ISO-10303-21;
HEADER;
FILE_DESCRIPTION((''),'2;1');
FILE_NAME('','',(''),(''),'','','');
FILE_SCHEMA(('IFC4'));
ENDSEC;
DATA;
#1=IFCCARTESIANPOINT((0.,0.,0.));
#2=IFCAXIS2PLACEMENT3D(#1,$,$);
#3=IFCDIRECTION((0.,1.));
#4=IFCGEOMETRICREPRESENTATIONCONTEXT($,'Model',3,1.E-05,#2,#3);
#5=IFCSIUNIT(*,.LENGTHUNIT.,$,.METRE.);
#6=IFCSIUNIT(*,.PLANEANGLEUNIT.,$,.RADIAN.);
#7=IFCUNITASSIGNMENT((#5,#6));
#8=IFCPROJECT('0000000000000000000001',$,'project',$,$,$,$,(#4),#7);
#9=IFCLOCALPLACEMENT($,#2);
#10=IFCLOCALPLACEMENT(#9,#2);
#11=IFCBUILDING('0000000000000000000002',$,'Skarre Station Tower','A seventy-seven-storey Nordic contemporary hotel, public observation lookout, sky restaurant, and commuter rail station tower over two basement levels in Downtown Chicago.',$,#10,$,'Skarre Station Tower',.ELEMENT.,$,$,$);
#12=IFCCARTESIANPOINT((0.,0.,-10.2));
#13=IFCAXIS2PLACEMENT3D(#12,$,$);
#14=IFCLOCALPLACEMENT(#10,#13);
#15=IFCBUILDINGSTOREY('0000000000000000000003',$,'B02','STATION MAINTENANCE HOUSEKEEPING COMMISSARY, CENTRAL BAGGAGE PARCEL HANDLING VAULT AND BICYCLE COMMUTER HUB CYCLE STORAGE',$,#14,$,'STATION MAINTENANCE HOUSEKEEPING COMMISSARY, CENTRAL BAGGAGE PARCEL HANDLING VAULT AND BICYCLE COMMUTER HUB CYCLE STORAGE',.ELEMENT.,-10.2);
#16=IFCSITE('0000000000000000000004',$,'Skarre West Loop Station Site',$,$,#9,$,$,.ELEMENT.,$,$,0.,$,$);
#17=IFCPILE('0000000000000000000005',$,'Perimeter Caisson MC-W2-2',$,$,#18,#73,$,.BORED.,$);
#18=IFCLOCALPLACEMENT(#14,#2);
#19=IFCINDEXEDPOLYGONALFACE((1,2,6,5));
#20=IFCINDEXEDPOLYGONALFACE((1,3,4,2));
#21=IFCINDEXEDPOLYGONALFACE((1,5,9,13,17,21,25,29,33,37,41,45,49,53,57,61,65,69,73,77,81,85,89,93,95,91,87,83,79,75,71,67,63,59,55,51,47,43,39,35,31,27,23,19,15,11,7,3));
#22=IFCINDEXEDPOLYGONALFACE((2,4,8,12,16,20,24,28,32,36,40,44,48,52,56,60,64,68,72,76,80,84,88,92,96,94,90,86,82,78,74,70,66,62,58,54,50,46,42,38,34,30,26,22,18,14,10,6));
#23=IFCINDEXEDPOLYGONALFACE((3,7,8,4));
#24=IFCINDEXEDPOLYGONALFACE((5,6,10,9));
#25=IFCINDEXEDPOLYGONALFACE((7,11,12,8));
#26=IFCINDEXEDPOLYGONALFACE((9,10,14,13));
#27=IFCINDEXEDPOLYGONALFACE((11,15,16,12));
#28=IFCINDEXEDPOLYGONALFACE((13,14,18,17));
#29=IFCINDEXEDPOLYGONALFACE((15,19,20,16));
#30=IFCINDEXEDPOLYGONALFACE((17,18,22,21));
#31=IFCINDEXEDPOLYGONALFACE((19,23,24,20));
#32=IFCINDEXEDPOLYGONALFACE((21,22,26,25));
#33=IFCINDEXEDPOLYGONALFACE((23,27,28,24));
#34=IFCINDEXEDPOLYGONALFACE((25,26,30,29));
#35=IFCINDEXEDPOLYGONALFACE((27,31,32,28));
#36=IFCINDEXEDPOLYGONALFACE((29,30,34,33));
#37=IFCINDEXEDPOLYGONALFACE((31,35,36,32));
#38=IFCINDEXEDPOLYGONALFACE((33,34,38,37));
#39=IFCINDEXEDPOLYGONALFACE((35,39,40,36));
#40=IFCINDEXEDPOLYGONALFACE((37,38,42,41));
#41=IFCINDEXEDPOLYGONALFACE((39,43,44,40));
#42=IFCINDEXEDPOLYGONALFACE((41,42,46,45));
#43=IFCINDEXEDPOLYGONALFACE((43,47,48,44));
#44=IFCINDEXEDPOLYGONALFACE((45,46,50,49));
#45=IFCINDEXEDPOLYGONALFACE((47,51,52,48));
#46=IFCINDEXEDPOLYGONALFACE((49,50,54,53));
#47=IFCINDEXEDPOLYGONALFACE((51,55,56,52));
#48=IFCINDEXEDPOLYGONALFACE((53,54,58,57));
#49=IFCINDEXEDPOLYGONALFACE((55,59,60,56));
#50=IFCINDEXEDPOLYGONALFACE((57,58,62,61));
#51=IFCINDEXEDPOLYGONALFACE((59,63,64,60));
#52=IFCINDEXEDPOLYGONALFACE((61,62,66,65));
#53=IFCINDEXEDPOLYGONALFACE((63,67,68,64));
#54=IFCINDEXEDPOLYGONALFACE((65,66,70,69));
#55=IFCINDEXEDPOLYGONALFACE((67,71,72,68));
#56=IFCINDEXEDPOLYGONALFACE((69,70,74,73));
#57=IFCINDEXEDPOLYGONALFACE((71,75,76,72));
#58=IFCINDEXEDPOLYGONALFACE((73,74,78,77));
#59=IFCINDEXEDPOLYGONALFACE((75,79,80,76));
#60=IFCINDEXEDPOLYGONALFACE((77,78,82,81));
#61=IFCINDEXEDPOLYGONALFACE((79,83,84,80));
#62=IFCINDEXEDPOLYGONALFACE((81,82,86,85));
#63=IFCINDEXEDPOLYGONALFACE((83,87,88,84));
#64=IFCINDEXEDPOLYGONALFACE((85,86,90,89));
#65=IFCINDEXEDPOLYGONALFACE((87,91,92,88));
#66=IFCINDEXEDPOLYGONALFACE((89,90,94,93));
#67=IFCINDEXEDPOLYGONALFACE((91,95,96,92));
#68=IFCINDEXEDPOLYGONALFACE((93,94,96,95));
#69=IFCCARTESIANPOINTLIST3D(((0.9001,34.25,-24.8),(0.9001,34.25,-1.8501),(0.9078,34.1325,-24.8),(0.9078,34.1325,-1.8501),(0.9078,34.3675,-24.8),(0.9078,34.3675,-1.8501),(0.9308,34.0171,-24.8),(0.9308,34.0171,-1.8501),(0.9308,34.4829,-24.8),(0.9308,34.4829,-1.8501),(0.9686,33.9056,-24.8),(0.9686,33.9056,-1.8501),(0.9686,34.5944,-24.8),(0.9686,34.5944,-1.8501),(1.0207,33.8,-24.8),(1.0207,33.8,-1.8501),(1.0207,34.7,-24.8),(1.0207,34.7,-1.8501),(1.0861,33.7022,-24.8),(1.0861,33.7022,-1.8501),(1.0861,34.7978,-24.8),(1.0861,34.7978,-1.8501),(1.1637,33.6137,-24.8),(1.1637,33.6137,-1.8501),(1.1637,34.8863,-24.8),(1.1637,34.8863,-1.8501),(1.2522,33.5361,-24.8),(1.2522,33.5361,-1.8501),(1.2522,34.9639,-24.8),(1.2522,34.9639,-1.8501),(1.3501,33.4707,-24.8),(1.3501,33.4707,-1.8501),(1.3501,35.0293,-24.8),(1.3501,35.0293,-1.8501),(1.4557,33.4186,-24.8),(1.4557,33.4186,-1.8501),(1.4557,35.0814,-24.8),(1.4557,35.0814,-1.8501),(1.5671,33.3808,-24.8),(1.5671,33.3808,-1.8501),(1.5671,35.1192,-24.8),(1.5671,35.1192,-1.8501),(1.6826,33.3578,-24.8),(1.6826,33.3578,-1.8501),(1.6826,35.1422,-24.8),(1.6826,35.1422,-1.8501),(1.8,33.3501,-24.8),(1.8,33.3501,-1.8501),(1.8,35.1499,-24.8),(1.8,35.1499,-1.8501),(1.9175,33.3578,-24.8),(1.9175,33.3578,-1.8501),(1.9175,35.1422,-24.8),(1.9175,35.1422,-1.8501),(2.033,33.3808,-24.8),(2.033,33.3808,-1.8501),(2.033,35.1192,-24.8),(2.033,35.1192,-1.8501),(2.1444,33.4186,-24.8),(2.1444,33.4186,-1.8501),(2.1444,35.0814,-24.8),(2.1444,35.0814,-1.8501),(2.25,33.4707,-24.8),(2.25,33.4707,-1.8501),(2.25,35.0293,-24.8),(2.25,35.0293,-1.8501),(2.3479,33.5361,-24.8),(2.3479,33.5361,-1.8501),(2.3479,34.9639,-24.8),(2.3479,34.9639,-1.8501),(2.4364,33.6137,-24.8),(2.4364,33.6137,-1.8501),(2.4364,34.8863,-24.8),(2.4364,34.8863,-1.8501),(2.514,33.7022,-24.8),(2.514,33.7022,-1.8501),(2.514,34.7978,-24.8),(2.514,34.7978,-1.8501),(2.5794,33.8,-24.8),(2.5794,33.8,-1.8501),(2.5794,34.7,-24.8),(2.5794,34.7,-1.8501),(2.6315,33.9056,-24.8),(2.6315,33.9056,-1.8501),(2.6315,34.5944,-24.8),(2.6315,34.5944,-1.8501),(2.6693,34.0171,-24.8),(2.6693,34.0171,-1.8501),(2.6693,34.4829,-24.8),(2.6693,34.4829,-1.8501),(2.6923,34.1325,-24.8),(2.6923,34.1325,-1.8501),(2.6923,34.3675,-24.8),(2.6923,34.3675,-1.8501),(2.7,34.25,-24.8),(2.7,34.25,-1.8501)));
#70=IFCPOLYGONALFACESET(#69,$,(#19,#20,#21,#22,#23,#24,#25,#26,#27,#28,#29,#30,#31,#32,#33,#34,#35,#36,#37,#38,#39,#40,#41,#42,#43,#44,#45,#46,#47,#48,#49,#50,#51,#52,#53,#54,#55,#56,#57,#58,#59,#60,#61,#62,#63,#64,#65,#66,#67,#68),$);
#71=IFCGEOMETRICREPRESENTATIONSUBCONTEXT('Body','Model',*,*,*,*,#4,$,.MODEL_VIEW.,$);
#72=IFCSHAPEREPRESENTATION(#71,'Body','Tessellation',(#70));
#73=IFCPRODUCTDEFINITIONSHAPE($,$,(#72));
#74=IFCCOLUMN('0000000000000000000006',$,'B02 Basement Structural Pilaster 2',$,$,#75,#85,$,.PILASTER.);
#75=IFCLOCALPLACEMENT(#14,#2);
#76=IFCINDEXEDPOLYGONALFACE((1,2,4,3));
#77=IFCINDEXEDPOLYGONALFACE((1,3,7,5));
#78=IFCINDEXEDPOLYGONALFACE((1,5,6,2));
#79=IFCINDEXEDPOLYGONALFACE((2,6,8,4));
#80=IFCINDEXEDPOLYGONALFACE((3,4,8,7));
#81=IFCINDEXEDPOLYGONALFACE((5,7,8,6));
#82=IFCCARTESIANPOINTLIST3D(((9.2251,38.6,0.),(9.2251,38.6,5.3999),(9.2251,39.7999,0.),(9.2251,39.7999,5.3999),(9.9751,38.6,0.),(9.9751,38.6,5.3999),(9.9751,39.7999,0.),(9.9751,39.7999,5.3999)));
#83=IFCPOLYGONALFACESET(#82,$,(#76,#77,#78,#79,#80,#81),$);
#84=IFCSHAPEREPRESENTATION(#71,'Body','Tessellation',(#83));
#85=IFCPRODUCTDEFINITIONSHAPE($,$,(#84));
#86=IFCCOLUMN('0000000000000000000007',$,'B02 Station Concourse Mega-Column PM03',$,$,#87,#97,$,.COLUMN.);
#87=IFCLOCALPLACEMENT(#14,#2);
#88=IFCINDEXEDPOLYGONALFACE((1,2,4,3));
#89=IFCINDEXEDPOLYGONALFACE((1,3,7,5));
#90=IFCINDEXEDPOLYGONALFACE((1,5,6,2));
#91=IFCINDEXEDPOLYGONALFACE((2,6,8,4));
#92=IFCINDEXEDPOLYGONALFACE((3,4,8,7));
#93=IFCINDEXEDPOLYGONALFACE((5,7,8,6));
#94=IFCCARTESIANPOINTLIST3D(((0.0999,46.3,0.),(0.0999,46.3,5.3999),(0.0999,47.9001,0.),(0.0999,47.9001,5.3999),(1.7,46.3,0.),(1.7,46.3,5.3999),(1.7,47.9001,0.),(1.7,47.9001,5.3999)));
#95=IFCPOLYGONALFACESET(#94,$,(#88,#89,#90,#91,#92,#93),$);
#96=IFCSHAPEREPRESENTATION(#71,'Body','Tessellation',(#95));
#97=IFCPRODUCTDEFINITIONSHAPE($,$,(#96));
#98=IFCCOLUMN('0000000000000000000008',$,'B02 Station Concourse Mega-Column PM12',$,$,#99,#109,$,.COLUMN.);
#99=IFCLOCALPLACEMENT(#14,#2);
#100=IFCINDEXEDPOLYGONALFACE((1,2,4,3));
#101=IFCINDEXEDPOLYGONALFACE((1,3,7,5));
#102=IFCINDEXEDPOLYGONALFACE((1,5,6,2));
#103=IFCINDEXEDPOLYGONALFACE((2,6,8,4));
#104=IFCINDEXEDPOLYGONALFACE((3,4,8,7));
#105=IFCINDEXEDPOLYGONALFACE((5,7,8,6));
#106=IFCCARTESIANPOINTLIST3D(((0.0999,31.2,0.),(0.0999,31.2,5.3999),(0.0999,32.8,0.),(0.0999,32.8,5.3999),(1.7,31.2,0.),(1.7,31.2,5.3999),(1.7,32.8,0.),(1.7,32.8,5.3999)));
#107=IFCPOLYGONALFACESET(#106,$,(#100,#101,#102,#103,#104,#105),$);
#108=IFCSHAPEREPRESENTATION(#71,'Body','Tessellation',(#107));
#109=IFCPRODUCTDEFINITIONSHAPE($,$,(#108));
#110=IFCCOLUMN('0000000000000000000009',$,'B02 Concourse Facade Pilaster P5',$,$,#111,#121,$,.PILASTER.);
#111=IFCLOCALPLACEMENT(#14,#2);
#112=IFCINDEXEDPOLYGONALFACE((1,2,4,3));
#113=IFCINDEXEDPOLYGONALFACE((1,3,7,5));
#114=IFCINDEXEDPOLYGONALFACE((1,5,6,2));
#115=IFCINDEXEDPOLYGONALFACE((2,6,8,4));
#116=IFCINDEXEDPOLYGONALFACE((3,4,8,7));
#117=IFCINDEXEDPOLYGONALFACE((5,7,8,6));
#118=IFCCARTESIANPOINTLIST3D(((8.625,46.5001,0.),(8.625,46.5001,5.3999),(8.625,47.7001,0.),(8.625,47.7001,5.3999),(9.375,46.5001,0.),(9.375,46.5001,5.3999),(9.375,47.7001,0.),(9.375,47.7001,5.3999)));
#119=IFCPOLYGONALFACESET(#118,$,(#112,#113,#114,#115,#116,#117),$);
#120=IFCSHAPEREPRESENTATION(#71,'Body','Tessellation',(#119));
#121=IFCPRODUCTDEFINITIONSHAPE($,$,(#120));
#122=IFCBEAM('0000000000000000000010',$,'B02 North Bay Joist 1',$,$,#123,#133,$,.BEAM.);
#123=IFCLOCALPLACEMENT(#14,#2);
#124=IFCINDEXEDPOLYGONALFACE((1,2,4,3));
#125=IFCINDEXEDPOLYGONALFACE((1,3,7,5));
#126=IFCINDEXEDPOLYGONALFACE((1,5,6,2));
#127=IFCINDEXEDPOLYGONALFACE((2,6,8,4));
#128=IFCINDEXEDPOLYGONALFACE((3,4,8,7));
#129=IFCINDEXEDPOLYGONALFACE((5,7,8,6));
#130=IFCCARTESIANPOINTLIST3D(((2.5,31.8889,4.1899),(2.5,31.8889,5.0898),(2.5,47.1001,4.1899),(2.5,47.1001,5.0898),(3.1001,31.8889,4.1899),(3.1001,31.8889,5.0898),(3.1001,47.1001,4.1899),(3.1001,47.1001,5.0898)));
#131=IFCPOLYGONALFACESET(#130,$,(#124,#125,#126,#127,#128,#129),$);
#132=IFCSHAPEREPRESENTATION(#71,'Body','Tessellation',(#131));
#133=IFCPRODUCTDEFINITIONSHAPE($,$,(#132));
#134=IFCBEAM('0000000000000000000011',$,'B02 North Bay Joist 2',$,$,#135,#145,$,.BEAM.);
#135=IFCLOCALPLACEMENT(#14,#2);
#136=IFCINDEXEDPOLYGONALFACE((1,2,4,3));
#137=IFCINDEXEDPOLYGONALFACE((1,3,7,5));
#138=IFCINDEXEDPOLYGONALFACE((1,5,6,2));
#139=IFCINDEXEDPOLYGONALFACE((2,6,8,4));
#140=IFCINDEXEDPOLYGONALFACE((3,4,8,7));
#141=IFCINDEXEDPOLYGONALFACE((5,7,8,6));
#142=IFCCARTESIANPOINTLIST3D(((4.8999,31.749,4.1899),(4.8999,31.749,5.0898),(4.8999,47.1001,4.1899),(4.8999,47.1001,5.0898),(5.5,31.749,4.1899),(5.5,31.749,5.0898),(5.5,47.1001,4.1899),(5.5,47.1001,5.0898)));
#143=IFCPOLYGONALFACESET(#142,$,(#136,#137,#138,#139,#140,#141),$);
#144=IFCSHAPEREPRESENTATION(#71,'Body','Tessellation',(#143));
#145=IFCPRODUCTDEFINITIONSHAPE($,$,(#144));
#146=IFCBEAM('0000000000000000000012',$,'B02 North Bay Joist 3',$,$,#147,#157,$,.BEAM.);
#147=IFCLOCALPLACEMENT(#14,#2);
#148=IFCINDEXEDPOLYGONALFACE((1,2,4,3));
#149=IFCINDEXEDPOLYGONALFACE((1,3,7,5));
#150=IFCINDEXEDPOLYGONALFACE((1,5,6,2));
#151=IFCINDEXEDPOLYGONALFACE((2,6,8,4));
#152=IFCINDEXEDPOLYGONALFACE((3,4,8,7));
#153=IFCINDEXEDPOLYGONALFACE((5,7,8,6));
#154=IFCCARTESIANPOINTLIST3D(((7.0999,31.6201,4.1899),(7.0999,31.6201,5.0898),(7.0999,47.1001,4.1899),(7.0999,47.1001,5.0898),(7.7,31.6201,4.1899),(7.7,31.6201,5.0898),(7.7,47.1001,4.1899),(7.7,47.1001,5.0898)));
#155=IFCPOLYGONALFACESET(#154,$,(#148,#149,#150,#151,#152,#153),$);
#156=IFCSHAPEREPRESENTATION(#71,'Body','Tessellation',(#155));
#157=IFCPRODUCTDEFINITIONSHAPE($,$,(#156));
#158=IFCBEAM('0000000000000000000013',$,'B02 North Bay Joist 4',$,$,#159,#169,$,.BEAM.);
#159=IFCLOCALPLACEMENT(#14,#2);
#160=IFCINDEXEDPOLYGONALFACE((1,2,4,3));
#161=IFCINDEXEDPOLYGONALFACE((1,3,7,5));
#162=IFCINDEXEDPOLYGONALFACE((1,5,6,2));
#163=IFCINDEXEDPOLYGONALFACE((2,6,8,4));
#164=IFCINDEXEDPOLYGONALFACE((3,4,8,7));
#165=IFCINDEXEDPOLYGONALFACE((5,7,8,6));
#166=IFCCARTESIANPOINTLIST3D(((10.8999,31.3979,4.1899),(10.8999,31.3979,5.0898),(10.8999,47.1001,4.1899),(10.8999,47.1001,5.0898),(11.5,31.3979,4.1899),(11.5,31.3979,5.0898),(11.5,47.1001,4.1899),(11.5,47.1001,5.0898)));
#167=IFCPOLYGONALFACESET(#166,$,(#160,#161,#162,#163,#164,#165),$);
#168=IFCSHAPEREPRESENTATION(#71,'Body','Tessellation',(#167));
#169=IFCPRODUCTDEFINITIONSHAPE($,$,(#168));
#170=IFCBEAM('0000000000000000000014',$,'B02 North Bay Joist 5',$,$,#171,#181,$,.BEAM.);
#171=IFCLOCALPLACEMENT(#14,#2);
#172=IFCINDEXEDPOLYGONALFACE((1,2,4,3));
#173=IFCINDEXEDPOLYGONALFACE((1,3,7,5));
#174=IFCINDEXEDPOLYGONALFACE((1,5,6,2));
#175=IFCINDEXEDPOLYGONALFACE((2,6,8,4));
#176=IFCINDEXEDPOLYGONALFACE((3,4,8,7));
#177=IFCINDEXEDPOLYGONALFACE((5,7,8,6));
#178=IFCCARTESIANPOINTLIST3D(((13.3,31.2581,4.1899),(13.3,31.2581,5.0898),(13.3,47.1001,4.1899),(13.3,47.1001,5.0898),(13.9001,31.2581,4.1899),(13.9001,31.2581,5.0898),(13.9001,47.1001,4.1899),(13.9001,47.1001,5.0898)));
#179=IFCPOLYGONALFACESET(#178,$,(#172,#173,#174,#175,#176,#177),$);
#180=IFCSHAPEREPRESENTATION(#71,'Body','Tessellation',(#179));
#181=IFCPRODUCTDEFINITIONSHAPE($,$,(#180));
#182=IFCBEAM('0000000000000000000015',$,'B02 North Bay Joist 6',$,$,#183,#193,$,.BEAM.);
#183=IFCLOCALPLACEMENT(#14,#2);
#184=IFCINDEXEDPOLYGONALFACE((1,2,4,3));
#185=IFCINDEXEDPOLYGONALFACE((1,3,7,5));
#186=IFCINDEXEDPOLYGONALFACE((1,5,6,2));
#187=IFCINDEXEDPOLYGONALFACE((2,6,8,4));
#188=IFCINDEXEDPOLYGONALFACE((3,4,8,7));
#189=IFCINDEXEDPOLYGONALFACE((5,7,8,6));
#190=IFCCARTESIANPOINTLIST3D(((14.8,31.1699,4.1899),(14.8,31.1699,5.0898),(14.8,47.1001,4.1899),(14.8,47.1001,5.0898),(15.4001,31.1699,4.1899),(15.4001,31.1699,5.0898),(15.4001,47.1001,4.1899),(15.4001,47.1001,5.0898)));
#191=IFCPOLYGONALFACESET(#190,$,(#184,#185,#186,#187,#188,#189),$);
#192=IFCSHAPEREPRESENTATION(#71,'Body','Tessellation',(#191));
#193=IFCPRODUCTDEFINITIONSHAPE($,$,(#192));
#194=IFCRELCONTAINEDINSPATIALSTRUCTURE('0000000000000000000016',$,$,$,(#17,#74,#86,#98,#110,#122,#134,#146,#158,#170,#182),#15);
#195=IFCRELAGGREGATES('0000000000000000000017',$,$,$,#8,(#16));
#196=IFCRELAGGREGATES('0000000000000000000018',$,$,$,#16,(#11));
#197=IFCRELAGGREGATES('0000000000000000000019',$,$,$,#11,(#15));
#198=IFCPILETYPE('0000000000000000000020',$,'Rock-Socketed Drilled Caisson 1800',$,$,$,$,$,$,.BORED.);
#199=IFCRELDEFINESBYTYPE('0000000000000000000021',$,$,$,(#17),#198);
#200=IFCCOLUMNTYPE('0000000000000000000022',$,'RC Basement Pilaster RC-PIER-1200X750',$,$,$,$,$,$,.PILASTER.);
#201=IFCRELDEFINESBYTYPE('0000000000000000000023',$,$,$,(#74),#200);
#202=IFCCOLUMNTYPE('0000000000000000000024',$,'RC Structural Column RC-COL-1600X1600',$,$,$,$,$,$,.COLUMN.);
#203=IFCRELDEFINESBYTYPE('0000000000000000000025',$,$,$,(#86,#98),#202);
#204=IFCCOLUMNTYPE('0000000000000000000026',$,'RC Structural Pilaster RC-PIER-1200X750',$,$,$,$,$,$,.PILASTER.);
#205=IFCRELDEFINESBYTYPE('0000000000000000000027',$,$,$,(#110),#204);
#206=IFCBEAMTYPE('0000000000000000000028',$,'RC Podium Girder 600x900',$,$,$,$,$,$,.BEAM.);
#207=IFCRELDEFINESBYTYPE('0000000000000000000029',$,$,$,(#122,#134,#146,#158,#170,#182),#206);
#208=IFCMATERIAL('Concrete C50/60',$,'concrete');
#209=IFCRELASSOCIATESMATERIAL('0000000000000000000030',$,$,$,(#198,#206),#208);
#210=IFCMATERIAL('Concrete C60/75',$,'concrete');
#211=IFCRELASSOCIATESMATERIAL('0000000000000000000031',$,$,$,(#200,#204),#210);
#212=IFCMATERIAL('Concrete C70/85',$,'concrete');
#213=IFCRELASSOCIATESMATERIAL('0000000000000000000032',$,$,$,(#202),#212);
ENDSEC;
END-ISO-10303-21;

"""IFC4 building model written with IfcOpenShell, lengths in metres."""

from ifc_helpers import new_model, si_unit, direction, frame, origin, origin_2d, place, context, subcontext, project, spatial, rectangle, circle, extrude, material, material_profile, profile_set, type_object, element, save


model = new_model("IFC4")

# Units and contexts
model_context = context("Model", 3, precision=1e-05, world=origin(), true_north=direction((0.0, 1.0)))
body_context = subcontext(model_context, "Body", "Model", "MODEL_VIEW")
ifc_project = project(units=[si_unit("LENGTHUNIT", "METRE"), si_unit("PLANEANGLEUNIT", "RADIAN")], contexts=[model_context])

# Site, building, storey
site_placement = place(None, origin())
site = spatial("IfcSite", under=ifc_project, at=site_placement, Name="Skarre West Loop Station Site", CompositionType="ELEMENT", RefElevation=0.0)
building_placement = place(site_placement, origin())
building = spatial("IfcBuilding", under=site, at=building_placement, Name="Skarre Station Tower", Description="A seventy-seven-storey Nordic contemporary hotel, public observation lookout, sky restaurant, and commuter rail station tower over two basement levels in Downtown Chicago.", LongName="Skarre Station Tower", CompositionType="ELEMENT")
storey_placement = place(building_placement, frame((0.0, 0.0, -10.2)))
storey = spatial("IfcBuildingStorey", under=building, at=storey_placement, Name="B02", Description="STATION MAINTENANCE HOUSEKEEPING COMMISSARY, CENTRAL BAGGAGE PARCEL HANDLING VAULT AND BICYCLE COMMUTER HUB CYCLE STORAGE", LongName="STATION MAINTENANCE HOUSEKEEPING COMMISSARY, CENTRAL BAGGAGE PARCEL HANDLING VAULT AND BICYCLE COMMUTER HUB CYCLE STORAGE", CompositionType="ELEMENT", Elevation=-10.2)

# Shared definitions
ifc_material_1 = material(Name="Concrete C50/60", Category="concrete")

# Pile
ifc_material_profile_1 = material_profile(ifc_material_1, circle(Radius=0.8999, at=origin_2d()), Name="Concrete C50/60")
ifc_profile_set_1 = profile_set([ifc_material_profile_1], Name="Concrete C50/60")
pile_type = type_object("IfcPileType", Name="Rock-Socketed Drilled Caisson 1800", PredefinedType="BORED", material=ifc_profile_set_1)
for number, where, z_axis, x_axis, name in (
    (1, (1.8, 34.25, -1.8501), (0.0, 0.0, -1.0), (1.0, 0.0, 0.0), "Perimeter Caisson MC-W2-2"),
):
    element("IfcPile", number, at=place(storey_placement, frame(where, z_axis=z_axis, x_axis=x_axis)), inside=storey, type_object=pile_type, Name=name, PredefinedType="BORED", context=body_context, shape_type="SweptSolid", body=[
        extrude(circle(Radius=0.8999, at=origin_2d()), origin(), (0.0, 0.0, 1.0), 22.95),
    ])

# Columns
ifc_material_2 = material(Name="Concrete C60/75", Category="concrete")
ifc_material_profile_2 = material_profile(ifc_material_2, rectangle(XDim=0.75, YDim=1.2, at=origin_2d()), Name="Concrete C60/75")
ifc_profile_set_2 = profile_set([ifc_material_profile_2], Name="Concrete C60/75")
column_type_1 = type_object("IfcColumnType", Name="RC Basement Pilaster RC-PIER-1200X750", PredefinedType="PILASTER", material=ifc_profile_set_2)
column_1_placement = place(storey_placement, frame((9.6001, 39.2, 0.0), z_axis=(0.0, 0.0, 1.0), x_axis=(1.0, 0.0, 0.0)))
element("IfcColumn", 2, at=column_1_placement, inside=storey, type_object=column_type_1, Name="B02 Basement Structural Pilaster 2", PredefinedType="PILASTER", context=body_context, shape_type="SweptSolid", body=[
    extrude(rectangle(XDim=0.75, YDim=1.2, at=origin_2d()), origin(), (0.0, 0.0, 1.0), 5.3999),
])
ifc_material_3 = material(Name="Concrete C70/85", Category="concrete")
ifc_material_profile_3 = material_profile(ifc_material_3, rectangle(XDim=1.6001, YDim=1.6001, at=origin_2d()), Name="Concrete C70/85")
ifc_profile_set_3 = profile_set([ifc_material_profile_3], Name="Concrete C70/85")
column_type_2 = type_object("IfcColumnType", Name="RC Structural Column RC-COL-1600X1600", PredefinedType="COLUMN", material=ifc_profile_set_3)
for number, where, z_axis, x_axis, name in (
    (3, (0.8999, 47.1001, 0.0), (0.0, 0.0, 1.0), (1.0, 0.0, 0.0), "B02 Station Concourse Mega-Column PM03"),
    (4, (0.8999, 32.0, 0.0), (0.0, 0.0, 1.0), (1.0, 0.0, 0.0), "B02 Station Concourse Mega-Column PM12"),
):
    element("IfcColumn", number, at=place(storey_placement, frame(where, z_axis=z_axis, x_axis=x_axis)), inside=storey, type_object=column_type_2, Name=name, PredefinedType="COLUMN", context=body_context, shape_type="SweptSolid", body=[
        extrude(rectangle(XDim=1.6001, YDim=1.6001, at=origin_2d()), origin(), (0.0, 0.0, 1.0), 5.3999),
    ])
ifc_material_profile_4 = material_profile(ifc_material_2, rectangle(XDim=0.75, YDim=1.2, at=origin_2d()), Name="Concrete C60/75")
ifc_profile_set_4 = profile_set([ifc_material_profile_4], Name="Concrete C60/75")
column_type_3 = type_object("IfcColumnType", Name="RC Structural Pilaster RC-PIER-1200X750", PredefinedType="PILASTER", material=ifc_profile_set_4)
column_2_placement = place(storey_placement, frame((9.0, 47.1001, 0.0), z_axis=(0.0, 0.0, 1.0), x_axis=(1.0, 0.0, 0.0)))
element("IfcColumn", 5, at=column_2_placement, inside=storey, type_object=column_type_3, Name="B02 Concourse Facade Pilaster P5", PredefinedType="PILASTER", context=body_context, shape_type="SweptSolid", body=[
    extrude(rectangle(XDim=0.75, YDim=1.2, at=origin_2d()), origin(), (0.0, 0.0, 1.0), 5.3999),
])

# Beams
ifc_material_profile_5 = material_profile(ifc_material_1, rectangle(XDim=0.6001, YDim=0.8999, at=origin_2d()), Name="Concrete C50/60")
ifc_profile_set_5 = profile_set([ifc_material_profile_5], Name="Concrete C50/60")
beam_type_1 = type_object("IfcBeamType", Name="RC Podium Girder 600x900", PredefinedType="BEAM", material=ifc_profile_set_5)
beam_1_placement = place(storey_placement, frame((2.8, 31.8889, 4.6399), z_axis=(0.0, 1.0, 0.0), x_axis=(-1.0, 0.0, 0.0)))
element("IfcBeam", 6, at=beam_1_placement, inside=storey, type_object=beam_type_1, Name="B02 North Bay Joist 1", PredefinedType="BEAM", context=body_context, shape_type="SweptSolid", body=[
    extrude(rectangle(XDim=0.6001, YDim=0.8999, at=origin_2d()), origin(), (0.0, 0.0, 1.0), 15.2112),
])
beam_2_placement = place(storey_placement, frame((5.2, 31.749, 4.6399), z_axis=(0.0, 1.0, 0.0), x_axis=(-1.0, 0.0, 0.0)))
element("IfcBeam", 7, at=beam_2_placement, inside=storey, type_object=beam_type_1, Name="B02 North Bay Joist 2", PredefinedType="BEAM", context=body_context, shape_type="SweptSolid", body=[
    extrude(rectangle(XDim=0.6001, YDim=0.8999, at=origin_2d()), origin(), (0.0, 0.0, 1.0), 15.3511),
])
beam_3_placement = place(storey_placement, frame((7.3999, 31.6201, 4.6399), z_axis=(0.0, 1.0, 0.0), x_axis=(-1.0, 0.0, 0.0)))
element("IfcBeam", 8, at=beam_3_placement, inside=storey, type_object=beam_type_1, Name="B02 North Bay Joist 3", PredefinedType="BEAM", context=body_context, shape_type="SweptSolid", body=[
    extrude(rectangle(XDim=0.6001, YDim=0.8999, at=origin_2d()), origin(), (0.0, 0.0, 1.0), 15.48),
])
beam_4_placement = place(storey_placement, frame((11.2, 31.3979, 4.6399), z_axis=(0.0, 1.0, 0.0), x_axis=(-1.0, 0.0, 0.0)))
element("IfcBeam", 9, at=beam_4_placement, inside=storey, type_object=beam_type_1, Name="B02 North Bay Joist 4", PredefinedType="BEAM", context=body_context, shape_type="SweptSolid", body=[
    extrude(rectangle(XDim=0.6001, YDim=0.8999, at=origin_2d()), origin(), (0.0, 0.0, 1.0), 15.7021),
])
beam_5_placement = place(storey_placement, frame((13.6001, 31.2581, 4.6399), z_axis=(0.0, 1.0, 0.0), x_axis=(-1.0, 0.0, 0.0)))
element("IfcBeam", 10, at=beam_5_placement, inside=storey, type_object=beam_type_1, Name="B02 North Bay Joist 5", PredefinedType="BEAM", context=body_context, shape_type="SweptSolid", body=[
    extrude(rectangle(XDim=0.6001, YDim=0.8999, at=origin_2d()), origin(), (0.0, 0.0, 1.0), 15.842),
])
beam_6_placement = place(storey_placement, frame((15.1001, 31.1699, 4.6399), z_axis=(0.0, 1.0, 0.0), x_axis=(-1.0, 0.0, 0.0)))
element("IfcBeam", 11, at=beam_6_placement, inside=storey, type_object=beam_type_1, Name="B02 North Bay Joist 6", PredefinedType="BEAM", context=body_context, shape_type="SweptSolid", body=[
    extrude(rectangle(XDim=0.6001, YDim=0.8999, at=origin_2d()), origin(), (0.0, 0.0, 1.0), 15.9302),
])

save(model, "model.ifc")
